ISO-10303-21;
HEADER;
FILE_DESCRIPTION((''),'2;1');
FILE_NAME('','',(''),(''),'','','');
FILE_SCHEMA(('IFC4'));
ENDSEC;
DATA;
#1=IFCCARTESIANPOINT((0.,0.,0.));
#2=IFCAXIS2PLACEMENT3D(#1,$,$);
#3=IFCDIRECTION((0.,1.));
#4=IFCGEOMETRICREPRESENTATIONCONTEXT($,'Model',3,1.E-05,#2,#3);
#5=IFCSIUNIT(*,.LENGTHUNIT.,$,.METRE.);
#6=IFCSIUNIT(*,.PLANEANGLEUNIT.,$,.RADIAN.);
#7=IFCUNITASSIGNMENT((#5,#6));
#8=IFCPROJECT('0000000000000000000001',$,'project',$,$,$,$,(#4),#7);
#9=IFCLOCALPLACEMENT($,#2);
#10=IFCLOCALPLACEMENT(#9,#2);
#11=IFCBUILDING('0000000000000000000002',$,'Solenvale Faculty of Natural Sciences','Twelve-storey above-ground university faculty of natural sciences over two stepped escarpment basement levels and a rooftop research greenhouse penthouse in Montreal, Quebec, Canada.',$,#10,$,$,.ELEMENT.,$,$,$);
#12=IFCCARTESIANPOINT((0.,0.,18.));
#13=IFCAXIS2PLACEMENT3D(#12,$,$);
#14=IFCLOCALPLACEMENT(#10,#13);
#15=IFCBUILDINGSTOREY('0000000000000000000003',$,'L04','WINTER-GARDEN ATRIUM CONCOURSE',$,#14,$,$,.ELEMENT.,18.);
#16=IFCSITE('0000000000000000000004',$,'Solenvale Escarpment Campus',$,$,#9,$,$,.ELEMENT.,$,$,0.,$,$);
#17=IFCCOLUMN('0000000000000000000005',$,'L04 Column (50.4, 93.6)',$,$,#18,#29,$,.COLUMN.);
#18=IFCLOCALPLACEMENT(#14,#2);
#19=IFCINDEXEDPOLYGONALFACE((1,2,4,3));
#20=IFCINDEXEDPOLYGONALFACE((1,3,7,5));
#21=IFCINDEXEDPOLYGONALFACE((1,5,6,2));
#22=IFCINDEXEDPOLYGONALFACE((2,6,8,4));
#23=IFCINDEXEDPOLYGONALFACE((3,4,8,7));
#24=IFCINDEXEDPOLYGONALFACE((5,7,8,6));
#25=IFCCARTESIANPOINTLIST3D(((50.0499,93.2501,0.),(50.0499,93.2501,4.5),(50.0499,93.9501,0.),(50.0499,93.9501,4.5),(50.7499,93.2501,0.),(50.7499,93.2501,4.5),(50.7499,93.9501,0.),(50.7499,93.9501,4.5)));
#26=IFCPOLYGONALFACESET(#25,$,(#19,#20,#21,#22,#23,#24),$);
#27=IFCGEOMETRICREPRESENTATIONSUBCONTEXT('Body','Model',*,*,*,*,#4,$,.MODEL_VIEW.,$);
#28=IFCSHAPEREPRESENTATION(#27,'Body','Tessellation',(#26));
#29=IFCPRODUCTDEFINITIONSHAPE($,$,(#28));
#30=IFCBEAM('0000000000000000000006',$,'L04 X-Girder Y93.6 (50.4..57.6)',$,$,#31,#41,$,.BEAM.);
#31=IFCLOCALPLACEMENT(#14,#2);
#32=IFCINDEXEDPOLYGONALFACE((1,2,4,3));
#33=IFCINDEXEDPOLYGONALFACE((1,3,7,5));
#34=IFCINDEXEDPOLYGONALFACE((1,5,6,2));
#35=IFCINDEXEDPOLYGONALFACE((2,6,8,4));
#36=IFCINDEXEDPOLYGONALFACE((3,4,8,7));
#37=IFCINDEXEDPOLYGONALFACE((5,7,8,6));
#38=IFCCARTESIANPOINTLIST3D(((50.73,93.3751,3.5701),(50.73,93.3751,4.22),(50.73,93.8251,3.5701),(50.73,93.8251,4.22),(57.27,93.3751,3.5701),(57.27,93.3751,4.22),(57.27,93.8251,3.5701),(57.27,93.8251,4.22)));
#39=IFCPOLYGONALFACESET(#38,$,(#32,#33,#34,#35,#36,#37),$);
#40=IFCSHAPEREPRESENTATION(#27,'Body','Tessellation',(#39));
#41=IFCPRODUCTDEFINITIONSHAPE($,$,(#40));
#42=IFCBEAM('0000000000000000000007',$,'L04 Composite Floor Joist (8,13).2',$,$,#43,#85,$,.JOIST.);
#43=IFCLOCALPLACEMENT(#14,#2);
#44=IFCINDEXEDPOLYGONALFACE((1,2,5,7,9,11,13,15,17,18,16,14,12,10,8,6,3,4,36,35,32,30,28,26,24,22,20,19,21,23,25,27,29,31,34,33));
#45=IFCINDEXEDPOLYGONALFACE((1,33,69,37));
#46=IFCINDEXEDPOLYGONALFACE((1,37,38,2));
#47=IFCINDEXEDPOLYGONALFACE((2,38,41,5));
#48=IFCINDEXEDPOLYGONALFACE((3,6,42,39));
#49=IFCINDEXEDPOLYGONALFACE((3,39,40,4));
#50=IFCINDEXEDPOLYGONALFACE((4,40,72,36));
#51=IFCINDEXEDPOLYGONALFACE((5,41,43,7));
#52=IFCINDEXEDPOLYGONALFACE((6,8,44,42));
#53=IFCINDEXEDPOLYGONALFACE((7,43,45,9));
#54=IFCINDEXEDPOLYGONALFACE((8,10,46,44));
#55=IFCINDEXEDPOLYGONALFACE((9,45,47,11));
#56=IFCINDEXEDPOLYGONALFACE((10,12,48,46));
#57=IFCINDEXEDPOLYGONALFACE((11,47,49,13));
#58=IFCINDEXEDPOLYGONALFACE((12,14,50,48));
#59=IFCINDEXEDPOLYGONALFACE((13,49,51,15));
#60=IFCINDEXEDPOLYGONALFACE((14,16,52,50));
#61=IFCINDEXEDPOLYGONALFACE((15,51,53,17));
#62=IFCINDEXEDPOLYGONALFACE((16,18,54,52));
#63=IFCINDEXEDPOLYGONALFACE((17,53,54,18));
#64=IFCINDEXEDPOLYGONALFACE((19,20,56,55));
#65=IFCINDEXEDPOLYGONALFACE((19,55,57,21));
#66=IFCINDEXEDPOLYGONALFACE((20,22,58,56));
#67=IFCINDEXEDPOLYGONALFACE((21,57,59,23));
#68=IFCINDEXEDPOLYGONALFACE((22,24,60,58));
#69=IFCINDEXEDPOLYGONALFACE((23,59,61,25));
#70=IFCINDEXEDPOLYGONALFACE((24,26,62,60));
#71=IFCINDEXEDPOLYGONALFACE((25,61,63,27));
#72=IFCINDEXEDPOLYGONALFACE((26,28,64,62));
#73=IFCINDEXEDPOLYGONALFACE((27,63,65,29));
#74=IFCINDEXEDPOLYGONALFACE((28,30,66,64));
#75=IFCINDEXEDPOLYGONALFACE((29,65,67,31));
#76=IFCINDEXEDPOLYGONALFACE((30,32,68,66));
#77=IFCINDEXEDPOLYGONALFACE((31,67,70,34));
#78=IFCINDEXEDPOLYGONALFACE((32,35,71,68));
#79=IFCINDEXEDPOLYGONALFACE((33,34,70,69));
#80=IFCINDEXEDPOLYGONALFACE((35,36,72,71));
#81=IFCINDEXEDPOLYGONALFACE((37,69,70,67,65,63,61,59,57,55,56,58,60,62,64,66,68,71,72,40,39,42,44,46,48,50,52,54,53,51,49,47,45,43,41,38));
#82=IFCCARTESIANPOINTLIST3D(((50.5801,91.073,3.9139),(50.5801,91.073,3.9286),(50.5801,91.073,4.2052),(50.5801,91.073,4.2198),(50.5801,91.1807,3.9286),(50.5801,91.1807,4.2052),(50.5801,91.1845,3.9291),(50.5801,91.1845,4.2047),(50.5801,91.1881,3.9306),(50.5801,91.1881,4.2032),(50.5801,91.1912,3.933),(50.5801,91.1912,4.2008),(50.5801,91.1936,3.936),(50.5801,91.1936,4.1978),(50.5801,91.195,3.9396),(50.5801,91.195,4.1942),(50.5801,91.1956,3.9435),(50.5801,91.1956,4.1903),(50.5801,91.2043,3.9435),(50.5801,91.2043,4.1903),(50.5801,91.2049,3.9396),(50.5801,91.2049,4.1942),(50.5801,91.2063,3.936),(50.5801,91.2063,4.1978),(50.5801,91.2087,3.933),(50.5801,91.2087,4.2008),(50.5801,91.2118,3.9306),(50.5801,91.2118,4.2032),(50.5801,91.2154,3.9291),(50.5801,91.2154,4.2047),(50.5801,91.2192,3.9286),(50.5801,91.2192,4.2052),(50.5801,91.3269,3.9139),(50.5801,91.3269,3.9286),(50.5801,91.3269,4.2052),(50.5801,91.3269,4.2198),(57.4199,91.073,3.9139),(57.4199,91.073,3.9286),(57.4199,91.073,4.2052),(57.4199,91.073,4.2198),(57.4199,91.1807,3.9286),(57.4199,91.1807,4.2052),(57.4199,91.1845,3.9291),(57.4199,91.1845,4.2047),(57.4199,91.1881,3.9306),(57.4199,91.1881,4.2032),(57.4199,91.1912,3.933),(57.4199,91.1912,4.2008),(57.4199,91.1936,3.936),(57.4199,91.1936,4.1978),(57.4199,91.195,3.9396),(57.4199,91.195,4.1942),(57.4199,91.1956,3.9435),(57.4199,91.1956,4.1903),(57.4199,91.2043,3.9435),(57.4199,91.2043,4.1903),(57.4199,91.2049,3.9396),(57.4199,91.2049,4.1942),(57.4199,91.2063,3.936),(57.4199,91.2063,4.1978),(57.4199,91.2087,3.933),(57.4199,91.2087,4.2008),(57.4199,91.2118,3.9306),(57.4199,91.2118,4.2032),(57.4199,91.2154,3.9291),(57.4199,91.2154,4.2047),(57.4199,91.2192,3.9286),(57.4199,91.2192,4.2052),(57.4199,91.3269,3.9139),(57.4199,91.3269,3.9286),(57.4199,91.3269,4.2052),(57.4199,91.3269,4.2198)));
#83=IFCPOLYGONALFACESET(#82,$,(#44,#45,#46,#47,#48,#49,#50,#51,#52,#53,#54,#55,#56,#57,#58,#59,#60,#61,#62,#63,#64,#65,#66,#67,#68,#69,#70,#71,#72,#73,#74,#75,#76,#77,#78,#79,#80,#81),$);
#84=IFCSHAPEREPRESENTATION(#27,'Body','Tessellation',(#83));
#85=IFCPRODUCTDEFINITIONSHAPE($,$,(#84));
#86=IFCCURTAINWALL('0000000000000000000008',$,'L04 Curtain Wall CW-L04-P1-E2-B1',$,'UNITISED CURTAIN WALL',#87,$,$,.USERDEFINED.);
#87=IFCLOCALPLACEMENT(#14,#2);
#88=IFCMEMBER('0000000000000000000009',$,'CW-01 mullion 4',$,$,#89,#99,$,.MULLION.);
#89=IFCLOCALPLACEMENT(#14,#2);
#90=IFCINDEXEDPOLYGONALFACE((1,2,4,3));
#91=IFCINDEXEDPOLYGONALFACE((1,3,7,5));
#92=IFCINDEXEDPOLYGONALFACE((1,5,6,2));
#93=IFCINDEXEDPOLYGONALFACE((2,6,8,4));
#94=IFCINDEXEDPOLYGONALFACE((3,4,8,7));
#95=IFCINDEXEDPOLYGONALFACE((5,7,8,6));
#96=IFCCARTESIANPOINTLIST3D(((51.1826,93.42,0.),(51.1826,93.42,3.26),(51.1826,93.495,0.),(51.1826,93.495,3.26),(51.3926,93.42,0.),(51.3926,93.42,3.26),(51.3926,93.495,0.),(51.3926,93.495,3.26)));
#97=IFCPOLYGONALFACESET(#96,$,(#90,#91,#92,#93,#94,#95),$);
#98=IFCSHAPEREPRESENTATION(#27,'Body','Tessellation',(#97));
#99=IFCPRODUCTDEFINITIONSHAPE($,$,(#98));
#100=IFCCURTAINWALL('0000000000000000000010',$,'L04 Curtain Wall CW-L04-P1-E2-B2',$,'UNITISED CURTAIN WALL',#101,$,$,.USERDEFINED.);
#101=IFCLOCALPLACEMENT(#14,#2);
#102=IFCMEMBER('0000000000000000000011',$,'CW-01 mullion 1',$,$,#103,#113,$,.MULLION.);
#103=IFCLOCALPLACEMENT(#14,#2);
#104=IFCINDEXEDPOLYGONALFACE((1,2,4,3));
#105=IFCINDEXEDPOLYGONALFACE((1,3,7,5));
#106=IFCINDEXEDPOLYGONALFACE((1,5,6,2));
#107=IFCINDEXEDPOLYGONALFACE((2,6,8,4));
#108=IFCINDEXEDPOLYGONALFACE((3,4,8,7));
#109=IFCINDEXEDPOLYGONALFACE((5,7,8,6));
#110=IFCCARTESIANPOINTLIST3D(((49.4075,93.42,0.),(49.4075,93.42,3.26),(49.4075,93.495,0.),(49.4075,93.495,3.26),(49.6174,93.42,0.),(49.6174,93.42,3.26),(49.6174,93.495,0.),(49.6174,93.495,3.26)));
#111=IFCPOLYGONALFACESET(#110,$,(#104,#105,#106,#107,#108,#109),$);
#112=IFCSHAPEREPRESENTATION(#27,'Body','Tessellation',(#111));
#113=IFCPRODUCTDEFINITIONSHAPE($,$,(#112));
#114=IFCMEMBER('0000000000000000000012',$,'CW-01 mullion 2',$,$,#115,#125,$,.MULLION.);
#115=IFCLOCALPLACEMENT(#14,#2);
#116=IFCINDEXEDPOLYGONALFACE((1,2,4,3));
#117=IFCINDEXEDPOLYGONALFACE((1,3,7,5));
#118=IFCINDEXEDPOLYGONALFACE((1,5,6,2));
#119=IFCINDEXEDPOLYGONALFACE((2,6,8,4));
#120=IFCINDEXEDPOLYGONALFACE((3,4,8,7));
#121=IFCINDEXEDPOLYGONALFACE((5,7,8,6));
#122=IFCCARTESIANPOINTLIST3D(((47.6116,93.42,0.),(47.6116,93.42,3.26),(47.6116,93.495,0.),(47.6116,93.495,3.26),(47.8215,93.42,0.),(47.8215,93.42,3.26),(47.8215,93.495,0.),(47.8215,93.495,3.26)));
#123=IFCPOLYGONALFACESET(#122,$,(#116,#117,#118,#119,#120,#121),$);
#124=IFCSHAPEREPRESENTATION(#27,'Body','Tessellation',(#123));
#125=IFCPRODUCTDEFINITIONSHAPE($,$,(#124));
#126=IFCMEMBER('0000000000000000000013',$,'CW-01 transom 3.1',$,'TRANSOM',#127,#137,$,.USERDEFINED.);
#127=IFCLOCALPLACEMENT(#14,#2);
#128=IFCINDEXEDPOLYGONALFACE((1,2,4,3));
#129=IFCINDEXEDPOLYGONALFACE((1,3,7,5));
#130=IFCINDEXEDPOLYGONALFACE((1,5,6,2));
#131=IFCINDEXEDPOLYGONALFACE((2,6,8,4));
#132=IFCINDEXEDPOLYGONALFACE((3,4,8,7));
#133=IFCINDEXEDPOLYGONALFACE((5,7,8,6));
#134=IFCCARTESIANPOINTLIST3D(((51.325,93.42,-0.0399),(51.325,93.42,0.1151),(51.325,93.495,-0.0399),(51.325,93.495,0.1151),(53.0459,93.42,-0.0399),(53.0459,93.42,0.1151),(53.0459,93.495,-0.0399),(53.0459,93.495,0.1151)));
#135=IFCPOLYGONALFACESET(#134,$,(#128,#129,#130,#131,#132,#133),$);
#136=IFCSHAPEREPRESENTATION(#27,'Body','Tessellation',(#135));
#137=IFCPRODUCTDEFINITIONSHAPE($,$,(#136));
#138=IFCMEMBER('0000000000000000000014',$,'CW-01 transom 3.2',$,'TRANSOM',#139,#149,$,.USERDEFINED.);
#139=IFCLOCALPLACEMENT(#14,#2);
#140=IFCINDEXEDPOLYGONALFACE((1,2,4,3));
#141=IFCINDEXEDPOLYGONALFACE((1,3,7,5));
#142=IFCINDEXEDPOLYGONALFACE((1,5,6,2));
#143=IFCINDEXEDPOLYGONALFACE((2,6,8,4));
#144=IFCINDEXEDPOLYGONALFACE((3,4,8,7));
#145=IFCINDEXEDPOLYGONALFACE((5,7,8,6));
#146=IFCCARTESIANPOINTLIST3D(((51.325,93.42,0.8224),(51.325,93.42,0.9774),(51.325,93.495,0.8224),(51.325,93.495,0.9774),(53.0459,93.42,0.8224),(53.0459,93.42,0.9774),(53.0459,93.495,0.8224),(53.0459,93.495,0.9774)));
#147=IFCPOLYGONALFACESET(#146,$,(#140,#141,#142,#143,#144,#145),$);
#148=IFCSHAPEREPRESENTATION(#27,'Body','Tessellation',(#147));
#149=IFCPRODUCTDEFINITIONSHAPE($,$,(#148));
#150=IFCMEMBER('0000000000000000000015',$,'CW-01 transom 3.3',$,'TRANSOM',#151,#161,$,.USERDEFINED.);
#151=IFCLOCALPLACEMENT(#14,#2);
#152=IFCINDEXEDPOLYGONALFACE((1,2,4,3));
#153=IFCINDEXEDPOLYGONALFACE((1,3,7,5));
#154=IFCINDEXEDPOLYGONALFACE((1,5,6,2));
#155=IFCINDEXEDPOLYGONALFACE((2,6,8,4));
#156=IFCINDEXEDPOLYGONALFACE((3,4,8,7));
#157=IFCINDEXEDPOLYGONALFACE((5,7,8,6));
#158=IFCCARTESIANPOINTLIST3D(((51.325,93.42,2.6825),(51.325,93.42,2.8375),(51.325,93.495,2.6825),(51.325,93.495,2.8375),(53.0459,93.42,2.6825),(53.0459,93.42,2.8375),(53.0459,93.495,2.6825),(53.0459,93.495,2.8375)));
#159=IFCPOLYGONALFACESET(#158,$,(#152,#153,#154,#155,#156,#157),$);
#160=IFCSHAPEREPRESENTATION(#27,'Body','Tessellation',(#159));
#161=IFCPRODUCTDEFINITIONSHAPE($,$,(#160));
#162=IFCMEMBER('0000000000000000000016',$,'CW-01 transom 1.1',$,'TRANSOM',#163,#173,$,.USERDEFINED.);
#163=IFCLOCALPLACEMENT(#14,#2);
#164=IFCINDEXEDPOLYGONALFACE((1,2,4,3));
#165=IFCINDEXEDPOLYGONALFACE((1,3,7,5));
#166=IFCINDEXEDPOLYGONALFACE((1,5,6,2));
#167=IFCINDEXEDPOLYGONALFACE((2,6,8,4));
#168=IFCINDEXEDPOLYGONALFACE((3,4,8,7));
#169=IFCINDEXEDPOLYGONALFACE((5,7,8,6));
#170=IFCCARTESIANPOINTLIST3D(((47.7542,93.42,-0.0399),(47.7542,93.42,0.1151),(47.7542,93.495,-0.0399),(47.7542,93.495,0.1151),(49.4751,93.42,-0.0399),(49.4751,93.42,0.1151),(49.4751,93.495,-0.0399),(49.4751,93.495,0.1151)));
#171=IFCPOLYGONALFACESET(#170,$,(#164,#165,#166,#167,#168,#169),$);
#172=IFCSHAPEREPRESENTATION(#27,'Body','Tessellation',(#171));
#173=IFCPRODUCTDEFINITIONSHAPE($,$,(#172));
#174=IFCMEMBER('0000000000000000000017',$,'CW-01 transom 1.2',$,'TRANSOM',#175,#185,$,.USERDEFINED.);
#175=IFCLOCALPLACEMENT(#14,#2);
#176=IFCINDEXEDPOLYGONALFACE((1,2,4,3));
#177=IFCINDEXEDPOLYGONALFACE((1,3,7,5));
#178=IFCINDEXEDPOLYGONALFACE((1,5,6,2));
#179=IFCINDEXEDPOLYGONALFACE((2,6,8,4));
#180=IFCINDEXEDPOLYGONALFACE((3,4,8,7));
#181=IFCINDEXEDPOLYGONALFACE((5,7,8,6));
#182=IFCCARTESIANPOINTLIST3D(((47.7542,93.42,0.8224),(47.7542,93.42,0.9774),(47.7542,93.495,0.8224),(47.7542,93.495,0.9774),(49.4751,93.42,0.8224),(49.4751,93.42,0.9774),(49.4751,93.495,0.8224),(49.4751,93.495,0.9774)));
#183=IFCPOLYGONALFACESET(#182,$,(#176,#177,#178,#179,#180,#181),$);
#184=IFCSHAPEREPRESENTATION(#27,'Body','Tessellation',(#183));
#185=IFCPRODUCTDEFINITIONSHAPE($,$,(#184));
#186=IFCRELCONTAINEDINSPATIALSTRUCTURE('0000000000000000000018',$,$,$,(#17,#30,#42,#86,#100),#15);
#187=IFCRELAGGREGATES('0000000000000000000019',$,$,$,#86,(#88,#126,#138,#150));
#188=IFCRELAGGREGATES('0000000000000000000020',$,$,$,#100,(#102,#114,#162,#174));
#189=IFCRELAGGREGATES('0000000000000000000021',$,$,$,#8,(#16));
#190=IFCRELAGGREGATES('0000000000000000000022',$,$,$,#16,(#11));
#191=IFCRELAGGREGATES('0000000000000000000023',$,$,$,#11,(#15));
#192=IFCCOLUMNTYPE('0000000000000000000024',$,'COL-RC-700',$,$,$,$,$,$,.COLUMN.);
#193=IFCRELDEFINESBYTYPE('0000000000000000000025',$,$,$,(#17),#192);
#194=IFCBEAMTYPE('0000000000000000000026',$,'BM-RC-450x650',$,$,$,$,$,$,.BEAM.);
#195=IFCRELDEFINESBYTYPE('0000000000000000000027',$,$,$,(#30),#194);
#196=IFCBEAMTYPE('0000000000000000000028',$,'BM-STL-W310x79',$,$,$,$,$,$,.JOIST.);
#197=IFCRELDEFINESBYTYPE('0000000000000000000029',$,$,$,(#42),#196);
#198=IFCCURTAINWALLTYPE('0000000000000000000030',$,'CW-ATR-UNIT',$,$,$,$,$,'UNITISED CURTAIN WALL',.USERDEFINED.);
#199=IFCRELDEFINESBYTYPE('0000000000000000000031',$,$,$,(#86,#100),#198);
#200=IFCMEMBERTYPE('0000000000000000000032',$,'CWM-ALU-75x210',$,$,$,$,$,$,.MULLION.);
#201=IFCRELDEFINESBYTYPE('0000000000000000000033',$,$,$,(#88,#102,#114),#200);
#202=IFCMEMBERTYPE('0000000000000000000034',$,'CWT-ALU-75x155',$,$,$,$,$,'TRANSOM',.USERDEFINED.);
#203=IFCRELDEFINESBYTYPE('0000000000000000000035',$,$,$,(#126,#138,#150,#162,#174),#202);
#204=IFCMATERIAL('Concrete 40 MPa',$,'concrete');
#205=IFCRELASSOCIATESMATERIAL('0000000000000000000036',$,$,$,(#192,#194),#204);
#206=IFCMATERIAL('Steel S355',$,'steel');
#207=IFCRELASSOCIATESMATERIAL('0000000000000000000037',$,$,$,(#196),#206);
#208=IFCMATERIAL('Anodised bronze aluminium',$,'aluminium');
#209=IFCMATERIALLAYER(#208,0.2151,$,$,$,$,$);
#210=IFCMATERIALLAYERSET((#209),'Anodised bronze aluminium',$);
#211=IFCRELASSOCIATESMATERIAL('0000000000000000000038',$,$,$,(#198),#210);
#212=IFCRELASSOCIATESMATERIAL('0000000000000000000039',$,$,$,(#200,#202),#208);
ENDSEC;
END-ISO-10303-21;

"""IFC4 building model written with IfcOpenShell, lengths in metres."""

from ifc_helpers import new_model, si_unit, direction, frame, origin, origin_2d, place, context, subcontext, project, spatial, rectangle, i_section, extrude, material, layer, layer_set, material_profile, profile_set, type_object, element, aggregate, save


model = new_model("IFC4")

# Units and contexts
model_context = context("Model", 3, precision=1e-05, world=origin(), true_north=direction((0.0, 1.0)))
body_context = subcontext(model_context, "Body", "Model", "MODEL_VIEW")
ifc_project = project(units=[si_unit("LENGTHUNIT", "METRE"), si_unit("PLANEANGLEUNIT", "RADIAN")], contexts=[model_context])

# Site, building, storey
site_placement = place(None, origin())
site = spatial("IfcSite", under=ifc_project, at=site_placement, Name="Solenvale Escarpment Campus", CompositionType="ELEMENT", RefElevation=0.0)
building_placement = place(site_placement, origin())
building = spatial("IfcBuilding", under=site, at=building_placement, Name="Solenvale Faculty of Natural Sciences", Description="Twelve-storey above-ground university faculty of natural sciences over two stepped escarpment basement levels and a rooftop research greenhouse penthouse in Montreal, Quebec, Canada.", CompositionType="ELEMENT")
storey_placement = place(building_placement, frame((0.0, 0.0, 18.0)))
storey = spatial("IfcBuildingStorey", under=building, at=storey_placement, Name="L04", Description="WINTER-GARDEN ATRIUM CONCOURSE", CompositionType="ELEMENT", Elevation=18.0)

# Column
ifc_material_1 = material(Name="Concrete 40 MPa", Category="concrete")
ifc_material_profile_1 = material_profile(ifc_material_1, rectangle(XDim=0.7, YDim=0.7, at=origin_2d()), Name="RC-COL-700x700")
ifc_profile_set_1 = profile_set([ifc_material_profile_1], Name="Concrete 40 MPa")
column_type = type_object("IfcColumnType", Name="COL-RC-700", PredefinedType="COLUMN", material=ifc_profile_set_1)
column_placement = place(storey_placement, frame((50.3999, 93.6001, 0.0), z_axis=(0.0, 0.0, 1.0), x_axis=(1.0, 0.0, 0.0)))
element("IfcColumn", 1, at=column_placement, inside=storey, type_object=column_type, Name="L04 Column (50.4, 93.6)", PredefinedType="COLUMN", context=body_context, shape_type="SweptSolid", body=[
    extrude(rectangle(XDim=0.7, YDim=0.7, at=origin_2d()), origin(), (0.0, 0.0, 1.0), 4.5),
])

# Beams
ifc_material_profile_2 = material_profile(ifc_material_1, rectangle(XDim=0.45, YDim=0.6499, at=origin_2d()), Name="RC-BM-450x650")
ifc_profile_set_2 = profile_set([ifc_material_profile_2], Name="Concrete 40 MPa")
beam_type_1 = type_object("IfcBeamType", Name="BM-RC-450x650", PredefinedType="BEAM", material=ifc_profile_set_2)
beam_1_placement = place(storey_placement, frame((50.73, 93.6001, 3.895), z_axis=(1.0, 0.0, 0.0), x_axis=(0.0, 1.0, 0.0)))
element("IfcBeam", 2, at=beam_1_placement, inside=storey, type_object=beam_type_1, Name="L04 X-Girder Y93.6 (50.4..57.6)", PredefinedType="BEAM", context=body_context, shape_type="SweptSolid", body=[
    extrude(rectangle(XDim=0.45, YDim=0.6499, at=origin_2d()), origin(), (0.0, 0.0, 1.0), 6.54),
])
ifc_material_2 = material(Name="Steel S355", Category="steel")
ifc_material_profile_3 = material_profile(ifc_material_2, i_section(OverallWidth=0.2539, OverallDepth=0.3059, WebThickness=0.0088, FlangeThickness=0.0146, FilletRadius=0.0149, at=origin_2d()), Name="W310x79")
ifc_profile_set_3 = profile_set([ifc_material_profile_3], Name="Steel S355")
beam_type_2 = type_object("IfcBeamType", Name="BM-STL-W310x79", PredefinedType="JOIST", material=ifc_profile_set_3)
beam_2_placement = place(storey_placement, frame((50.5801, 91.2, 4.0669), z_axis=(1.0, 0.0, 0.0), x_axis=(0.0, 1.0, 0.0)))
element("IfcBeam", 3, at=beam_2_placement, inside=storey, type_object=beam_type_2, Name="L04 Composite Floor Joist (8,13).2", PredefinedType="JOIST", context=body_context, shape_type="SweptSolid", body=[
    extrude(i_section(OverallWidth=0.2539, OverallDepth=0.3059, WebThickness=0.0088, FlangeThickness=0.0146, FilletRadius=0.0149, at=origin_2d()), origin(), (0.0, 0.0, 1.0), 6.8398),
])

# Curtain wall, member
ifc_material_3 = material(Name="Anodised bronze aluminium", Category="aluminium")
ifc_layer_1 = layer(ifc_material_3, 0.2151)
ifc_layer_set_1 = layer_set([ifc_layer_1], Name="Anodised bronze aluminium")
curtain_wall_type = type_object("IfcCurtainWallType", Name="CW-ATR-UNIT", ElementType="UNITISED CURTAIN WALL", PredefinedType="USERDEFINED", material=ifc_layer_set_1)
curtain_wall_1_placement = place(storey_placement, origin())
curtain_wall_1 = element("IfcCurtainWall", 4, at=curtain_wall_1_placement, inside=storey, type_object=curtain_wall_type, Name="L04 Curtain Wall CW-L04-P1-E2-B1", ObjectType="UNITISED CURTAIN WALL", PredefinedType="USERDEFINED")
ifc_material_profile_4 = material_profile(ifc_material_3, rectangle(XDim=0.075, YDim=0.21, at=origin_2d()), Name="ALU-MUL-75x210")
ifc_profile_set_4 = profile_set([ifc_material_profile_4], Name="Anodised bronze aluminium")
member_type_1 = type_object("IfcMemberType", Name="CWM-ALU-75x210", PredefinedType="MULLION", material=ifc_profile_set_4)
member_1_placement = place(storey_placement, frame((51.2876, 93.4575, 0.0), z_axis=(0.0, 0.0, 1.0), x_axis=(0.0, -1.0, 0.0)))
member_1 = element("IfcMember", 5, at=member_1_placement, type_object=member_type_1, Name="CW-01 mullion 4", PredefinedType="MULLION", context=body_context, shape_type="SweptSolid", body=[
    extrude(rectangle(XDim=0.075, YDim=0.21, at=origin_2d()), origin(), (0.0, 0.0, 1.0), 3.26),
])

# Curtain wall, members
curtain_wall_2_placement = place(storey_placement, origin())
curtain_wall_2 = element("IfcCurtainWall", 6, at=curtain_wall_2_placement, inside=storey, type_object=curtain_wall_type, Name="L04 Curtain Wall CW-L04-P1-E2-B2", ObjectType="UNITISED CURTAIN WALL", PredefinedType="USERDEFINED")
member_2_placement = place(storey_placement, frame((49.5125, 93.4575, 0.0), z_axis=(0.0, 0.0, 1.0), x_axis=(0.0, -1.0, 0.0)))
member_2 = element("IfcMember", 7, at=member_2_placement, type_object=member_type_1, Name="CW-01 mullion 1", PredefinedType="MULLION", context=body_context, shape_type="SweptSolid", body=[
    extrude(rectangle(XDim=0.075, YDim=0.21, at=origin_2d()), origin(), (0.0, 0.0, 1.0), 3.26),
])
member_3_placement = place(storey_placement, frame((47.7166, 93.4575, 0.0), z_axis=(0.0, 0.0, 1.0), x_axis=(0.0, -1.0, 0.0)))
member_3 = element("IfcMember", 8, at=member_3_placement, type_object=member_type_1, Name="CW-01 mullion 2", PredefinedType="MULLION", context=body_context, shape_type="SweptSolid", body=[
    extrude(rectangle(XDim=0.075, YDim=0.21, at=origin_2d()), origin(), (0.0, 0.0, 1.0), 3.26),
])

# Members
ifc_material_profile_5 = material_profile(ifc_material_3, rectangle(XDim=0.075, YDim=0.155, at=origin_2d()), Name="ALU-TRN-75x155")
ifc_profile_set_5 = profile_set([ifc_material_profile_5], Name="Anodised bronze aluminium")
member_type_2 = type_object("IfcMemberType", Name="CWT-ALU-75x155", ElementType="TRANSOM", PredefinedType="USERDEFINED", material=ifc_profile_set_5)
member_4_placement = place(storey_placement, frame((53.0459, 93.4575, 0.0376), z_axis=(-1.0, 0.0, 0.0), x_axis=(0.0, -1.0, 0.0)))
member_4 = element("IfcMember", 9, at=member_4_placement, type_object=member_type_2, Name="CW-01 transom 3.1", ObjectType="TRANSOM", PredefinedType="USERDEFINED", context=body_context, shape_type="SweptSolid", body=[
    extrude(rectangle(XDim=0.075, YDim=0.155, at=origin_2d()), origin(), (0.0, 0.0, 1.0), 1.7209),
])
member_5_placement = place(storey_placement, frame((53.0459, 93.4575, 0.8999), z_axis=(-1.0, 0.0, 0.0), x_axis=(0.0, -1.0, 0.0)))
member_5 = element("IfcMember", 10, at=member_5_placement, type_object=member_type_2, Name="CW-01 transom 3.2", ObjectType="TRANSOM", PredefinedType="USERDEFINED", context=body_context, shape_type="SweptSolid", body=[
    extrude(rectangle(XDim=0.075, YDim=0.155, at=origin_2d()), origin(), (0.0, 0.0, 1.0), 1.7209),
])
member_6_placement = place(storey_placement, frame((53.0459, 93.4575, 2.76), z_axis=(-1.0, 0.0, 0.0), x_axis=(0.0, -1.0, 0.0)))
member_6 = element("IfcMember", 11, at=member_6_placement, type_object=member_type_2, Name="CW-01 transom 3.3", ObjectType="TRANSOM", PredefinedType="USERDEFINED", context=body_context, shape_type="SweptSolid", body=[
    extrude(rectangle(XDim=0.075, YDim=0.155, at=origin_2d()), origin(), (0.0, 0.0, 1.0), 1.7209),
])
member_7_placement = place(storey_placement, frame((49.4751, 93.4575, 0.0376), z_axis=(-1.0, 0.0, 0.0), x_axis=(0.0, -1.0, 0.0)))
member_7 = element("IfcMember", 12, at=member_7_placement, type_object=member_type_2, Name="CW-01 transom 1.1", ObjectType="TRANSOM", PredefinedType="USERDEFINED", context=body_context, shape_type="SweptSolid", body=[
    extrude(rectangle(XDim=0.075, YDim=0.155, at=origin_2d()), origin(), (0.0, 0.0, 1.0), 1.7209),
])
member_8_placement = place(storey_placement, frame((49.4751, 93.4575, 0.8999), z_axis=(-1.0, 0.0, 0.0), x_axis=(0.0, -1.0, 0.0)))
member_8 = element("IfcMember", 13, at=member_8_placement, type_object=member_type_2, Name="CW-01 transom 1.2", ObjectType="TRANSOM", PredefinedType="USERDEFINED", context=body_context, shape_type="SweptSolid", body=[
    extrude(rectangle(XDim=0.075, YDim=0.155, at=origin_2d()), origin(), (0.0, 0.0, 1.0), 1.7209),
])

aggregate(curtain_wall_1, [member_1, member_4, member_5, member_6])
aggregate(curtain_wall_2, [member_2, member_3, member_7, member_8])

save(model, "model.ifc")
